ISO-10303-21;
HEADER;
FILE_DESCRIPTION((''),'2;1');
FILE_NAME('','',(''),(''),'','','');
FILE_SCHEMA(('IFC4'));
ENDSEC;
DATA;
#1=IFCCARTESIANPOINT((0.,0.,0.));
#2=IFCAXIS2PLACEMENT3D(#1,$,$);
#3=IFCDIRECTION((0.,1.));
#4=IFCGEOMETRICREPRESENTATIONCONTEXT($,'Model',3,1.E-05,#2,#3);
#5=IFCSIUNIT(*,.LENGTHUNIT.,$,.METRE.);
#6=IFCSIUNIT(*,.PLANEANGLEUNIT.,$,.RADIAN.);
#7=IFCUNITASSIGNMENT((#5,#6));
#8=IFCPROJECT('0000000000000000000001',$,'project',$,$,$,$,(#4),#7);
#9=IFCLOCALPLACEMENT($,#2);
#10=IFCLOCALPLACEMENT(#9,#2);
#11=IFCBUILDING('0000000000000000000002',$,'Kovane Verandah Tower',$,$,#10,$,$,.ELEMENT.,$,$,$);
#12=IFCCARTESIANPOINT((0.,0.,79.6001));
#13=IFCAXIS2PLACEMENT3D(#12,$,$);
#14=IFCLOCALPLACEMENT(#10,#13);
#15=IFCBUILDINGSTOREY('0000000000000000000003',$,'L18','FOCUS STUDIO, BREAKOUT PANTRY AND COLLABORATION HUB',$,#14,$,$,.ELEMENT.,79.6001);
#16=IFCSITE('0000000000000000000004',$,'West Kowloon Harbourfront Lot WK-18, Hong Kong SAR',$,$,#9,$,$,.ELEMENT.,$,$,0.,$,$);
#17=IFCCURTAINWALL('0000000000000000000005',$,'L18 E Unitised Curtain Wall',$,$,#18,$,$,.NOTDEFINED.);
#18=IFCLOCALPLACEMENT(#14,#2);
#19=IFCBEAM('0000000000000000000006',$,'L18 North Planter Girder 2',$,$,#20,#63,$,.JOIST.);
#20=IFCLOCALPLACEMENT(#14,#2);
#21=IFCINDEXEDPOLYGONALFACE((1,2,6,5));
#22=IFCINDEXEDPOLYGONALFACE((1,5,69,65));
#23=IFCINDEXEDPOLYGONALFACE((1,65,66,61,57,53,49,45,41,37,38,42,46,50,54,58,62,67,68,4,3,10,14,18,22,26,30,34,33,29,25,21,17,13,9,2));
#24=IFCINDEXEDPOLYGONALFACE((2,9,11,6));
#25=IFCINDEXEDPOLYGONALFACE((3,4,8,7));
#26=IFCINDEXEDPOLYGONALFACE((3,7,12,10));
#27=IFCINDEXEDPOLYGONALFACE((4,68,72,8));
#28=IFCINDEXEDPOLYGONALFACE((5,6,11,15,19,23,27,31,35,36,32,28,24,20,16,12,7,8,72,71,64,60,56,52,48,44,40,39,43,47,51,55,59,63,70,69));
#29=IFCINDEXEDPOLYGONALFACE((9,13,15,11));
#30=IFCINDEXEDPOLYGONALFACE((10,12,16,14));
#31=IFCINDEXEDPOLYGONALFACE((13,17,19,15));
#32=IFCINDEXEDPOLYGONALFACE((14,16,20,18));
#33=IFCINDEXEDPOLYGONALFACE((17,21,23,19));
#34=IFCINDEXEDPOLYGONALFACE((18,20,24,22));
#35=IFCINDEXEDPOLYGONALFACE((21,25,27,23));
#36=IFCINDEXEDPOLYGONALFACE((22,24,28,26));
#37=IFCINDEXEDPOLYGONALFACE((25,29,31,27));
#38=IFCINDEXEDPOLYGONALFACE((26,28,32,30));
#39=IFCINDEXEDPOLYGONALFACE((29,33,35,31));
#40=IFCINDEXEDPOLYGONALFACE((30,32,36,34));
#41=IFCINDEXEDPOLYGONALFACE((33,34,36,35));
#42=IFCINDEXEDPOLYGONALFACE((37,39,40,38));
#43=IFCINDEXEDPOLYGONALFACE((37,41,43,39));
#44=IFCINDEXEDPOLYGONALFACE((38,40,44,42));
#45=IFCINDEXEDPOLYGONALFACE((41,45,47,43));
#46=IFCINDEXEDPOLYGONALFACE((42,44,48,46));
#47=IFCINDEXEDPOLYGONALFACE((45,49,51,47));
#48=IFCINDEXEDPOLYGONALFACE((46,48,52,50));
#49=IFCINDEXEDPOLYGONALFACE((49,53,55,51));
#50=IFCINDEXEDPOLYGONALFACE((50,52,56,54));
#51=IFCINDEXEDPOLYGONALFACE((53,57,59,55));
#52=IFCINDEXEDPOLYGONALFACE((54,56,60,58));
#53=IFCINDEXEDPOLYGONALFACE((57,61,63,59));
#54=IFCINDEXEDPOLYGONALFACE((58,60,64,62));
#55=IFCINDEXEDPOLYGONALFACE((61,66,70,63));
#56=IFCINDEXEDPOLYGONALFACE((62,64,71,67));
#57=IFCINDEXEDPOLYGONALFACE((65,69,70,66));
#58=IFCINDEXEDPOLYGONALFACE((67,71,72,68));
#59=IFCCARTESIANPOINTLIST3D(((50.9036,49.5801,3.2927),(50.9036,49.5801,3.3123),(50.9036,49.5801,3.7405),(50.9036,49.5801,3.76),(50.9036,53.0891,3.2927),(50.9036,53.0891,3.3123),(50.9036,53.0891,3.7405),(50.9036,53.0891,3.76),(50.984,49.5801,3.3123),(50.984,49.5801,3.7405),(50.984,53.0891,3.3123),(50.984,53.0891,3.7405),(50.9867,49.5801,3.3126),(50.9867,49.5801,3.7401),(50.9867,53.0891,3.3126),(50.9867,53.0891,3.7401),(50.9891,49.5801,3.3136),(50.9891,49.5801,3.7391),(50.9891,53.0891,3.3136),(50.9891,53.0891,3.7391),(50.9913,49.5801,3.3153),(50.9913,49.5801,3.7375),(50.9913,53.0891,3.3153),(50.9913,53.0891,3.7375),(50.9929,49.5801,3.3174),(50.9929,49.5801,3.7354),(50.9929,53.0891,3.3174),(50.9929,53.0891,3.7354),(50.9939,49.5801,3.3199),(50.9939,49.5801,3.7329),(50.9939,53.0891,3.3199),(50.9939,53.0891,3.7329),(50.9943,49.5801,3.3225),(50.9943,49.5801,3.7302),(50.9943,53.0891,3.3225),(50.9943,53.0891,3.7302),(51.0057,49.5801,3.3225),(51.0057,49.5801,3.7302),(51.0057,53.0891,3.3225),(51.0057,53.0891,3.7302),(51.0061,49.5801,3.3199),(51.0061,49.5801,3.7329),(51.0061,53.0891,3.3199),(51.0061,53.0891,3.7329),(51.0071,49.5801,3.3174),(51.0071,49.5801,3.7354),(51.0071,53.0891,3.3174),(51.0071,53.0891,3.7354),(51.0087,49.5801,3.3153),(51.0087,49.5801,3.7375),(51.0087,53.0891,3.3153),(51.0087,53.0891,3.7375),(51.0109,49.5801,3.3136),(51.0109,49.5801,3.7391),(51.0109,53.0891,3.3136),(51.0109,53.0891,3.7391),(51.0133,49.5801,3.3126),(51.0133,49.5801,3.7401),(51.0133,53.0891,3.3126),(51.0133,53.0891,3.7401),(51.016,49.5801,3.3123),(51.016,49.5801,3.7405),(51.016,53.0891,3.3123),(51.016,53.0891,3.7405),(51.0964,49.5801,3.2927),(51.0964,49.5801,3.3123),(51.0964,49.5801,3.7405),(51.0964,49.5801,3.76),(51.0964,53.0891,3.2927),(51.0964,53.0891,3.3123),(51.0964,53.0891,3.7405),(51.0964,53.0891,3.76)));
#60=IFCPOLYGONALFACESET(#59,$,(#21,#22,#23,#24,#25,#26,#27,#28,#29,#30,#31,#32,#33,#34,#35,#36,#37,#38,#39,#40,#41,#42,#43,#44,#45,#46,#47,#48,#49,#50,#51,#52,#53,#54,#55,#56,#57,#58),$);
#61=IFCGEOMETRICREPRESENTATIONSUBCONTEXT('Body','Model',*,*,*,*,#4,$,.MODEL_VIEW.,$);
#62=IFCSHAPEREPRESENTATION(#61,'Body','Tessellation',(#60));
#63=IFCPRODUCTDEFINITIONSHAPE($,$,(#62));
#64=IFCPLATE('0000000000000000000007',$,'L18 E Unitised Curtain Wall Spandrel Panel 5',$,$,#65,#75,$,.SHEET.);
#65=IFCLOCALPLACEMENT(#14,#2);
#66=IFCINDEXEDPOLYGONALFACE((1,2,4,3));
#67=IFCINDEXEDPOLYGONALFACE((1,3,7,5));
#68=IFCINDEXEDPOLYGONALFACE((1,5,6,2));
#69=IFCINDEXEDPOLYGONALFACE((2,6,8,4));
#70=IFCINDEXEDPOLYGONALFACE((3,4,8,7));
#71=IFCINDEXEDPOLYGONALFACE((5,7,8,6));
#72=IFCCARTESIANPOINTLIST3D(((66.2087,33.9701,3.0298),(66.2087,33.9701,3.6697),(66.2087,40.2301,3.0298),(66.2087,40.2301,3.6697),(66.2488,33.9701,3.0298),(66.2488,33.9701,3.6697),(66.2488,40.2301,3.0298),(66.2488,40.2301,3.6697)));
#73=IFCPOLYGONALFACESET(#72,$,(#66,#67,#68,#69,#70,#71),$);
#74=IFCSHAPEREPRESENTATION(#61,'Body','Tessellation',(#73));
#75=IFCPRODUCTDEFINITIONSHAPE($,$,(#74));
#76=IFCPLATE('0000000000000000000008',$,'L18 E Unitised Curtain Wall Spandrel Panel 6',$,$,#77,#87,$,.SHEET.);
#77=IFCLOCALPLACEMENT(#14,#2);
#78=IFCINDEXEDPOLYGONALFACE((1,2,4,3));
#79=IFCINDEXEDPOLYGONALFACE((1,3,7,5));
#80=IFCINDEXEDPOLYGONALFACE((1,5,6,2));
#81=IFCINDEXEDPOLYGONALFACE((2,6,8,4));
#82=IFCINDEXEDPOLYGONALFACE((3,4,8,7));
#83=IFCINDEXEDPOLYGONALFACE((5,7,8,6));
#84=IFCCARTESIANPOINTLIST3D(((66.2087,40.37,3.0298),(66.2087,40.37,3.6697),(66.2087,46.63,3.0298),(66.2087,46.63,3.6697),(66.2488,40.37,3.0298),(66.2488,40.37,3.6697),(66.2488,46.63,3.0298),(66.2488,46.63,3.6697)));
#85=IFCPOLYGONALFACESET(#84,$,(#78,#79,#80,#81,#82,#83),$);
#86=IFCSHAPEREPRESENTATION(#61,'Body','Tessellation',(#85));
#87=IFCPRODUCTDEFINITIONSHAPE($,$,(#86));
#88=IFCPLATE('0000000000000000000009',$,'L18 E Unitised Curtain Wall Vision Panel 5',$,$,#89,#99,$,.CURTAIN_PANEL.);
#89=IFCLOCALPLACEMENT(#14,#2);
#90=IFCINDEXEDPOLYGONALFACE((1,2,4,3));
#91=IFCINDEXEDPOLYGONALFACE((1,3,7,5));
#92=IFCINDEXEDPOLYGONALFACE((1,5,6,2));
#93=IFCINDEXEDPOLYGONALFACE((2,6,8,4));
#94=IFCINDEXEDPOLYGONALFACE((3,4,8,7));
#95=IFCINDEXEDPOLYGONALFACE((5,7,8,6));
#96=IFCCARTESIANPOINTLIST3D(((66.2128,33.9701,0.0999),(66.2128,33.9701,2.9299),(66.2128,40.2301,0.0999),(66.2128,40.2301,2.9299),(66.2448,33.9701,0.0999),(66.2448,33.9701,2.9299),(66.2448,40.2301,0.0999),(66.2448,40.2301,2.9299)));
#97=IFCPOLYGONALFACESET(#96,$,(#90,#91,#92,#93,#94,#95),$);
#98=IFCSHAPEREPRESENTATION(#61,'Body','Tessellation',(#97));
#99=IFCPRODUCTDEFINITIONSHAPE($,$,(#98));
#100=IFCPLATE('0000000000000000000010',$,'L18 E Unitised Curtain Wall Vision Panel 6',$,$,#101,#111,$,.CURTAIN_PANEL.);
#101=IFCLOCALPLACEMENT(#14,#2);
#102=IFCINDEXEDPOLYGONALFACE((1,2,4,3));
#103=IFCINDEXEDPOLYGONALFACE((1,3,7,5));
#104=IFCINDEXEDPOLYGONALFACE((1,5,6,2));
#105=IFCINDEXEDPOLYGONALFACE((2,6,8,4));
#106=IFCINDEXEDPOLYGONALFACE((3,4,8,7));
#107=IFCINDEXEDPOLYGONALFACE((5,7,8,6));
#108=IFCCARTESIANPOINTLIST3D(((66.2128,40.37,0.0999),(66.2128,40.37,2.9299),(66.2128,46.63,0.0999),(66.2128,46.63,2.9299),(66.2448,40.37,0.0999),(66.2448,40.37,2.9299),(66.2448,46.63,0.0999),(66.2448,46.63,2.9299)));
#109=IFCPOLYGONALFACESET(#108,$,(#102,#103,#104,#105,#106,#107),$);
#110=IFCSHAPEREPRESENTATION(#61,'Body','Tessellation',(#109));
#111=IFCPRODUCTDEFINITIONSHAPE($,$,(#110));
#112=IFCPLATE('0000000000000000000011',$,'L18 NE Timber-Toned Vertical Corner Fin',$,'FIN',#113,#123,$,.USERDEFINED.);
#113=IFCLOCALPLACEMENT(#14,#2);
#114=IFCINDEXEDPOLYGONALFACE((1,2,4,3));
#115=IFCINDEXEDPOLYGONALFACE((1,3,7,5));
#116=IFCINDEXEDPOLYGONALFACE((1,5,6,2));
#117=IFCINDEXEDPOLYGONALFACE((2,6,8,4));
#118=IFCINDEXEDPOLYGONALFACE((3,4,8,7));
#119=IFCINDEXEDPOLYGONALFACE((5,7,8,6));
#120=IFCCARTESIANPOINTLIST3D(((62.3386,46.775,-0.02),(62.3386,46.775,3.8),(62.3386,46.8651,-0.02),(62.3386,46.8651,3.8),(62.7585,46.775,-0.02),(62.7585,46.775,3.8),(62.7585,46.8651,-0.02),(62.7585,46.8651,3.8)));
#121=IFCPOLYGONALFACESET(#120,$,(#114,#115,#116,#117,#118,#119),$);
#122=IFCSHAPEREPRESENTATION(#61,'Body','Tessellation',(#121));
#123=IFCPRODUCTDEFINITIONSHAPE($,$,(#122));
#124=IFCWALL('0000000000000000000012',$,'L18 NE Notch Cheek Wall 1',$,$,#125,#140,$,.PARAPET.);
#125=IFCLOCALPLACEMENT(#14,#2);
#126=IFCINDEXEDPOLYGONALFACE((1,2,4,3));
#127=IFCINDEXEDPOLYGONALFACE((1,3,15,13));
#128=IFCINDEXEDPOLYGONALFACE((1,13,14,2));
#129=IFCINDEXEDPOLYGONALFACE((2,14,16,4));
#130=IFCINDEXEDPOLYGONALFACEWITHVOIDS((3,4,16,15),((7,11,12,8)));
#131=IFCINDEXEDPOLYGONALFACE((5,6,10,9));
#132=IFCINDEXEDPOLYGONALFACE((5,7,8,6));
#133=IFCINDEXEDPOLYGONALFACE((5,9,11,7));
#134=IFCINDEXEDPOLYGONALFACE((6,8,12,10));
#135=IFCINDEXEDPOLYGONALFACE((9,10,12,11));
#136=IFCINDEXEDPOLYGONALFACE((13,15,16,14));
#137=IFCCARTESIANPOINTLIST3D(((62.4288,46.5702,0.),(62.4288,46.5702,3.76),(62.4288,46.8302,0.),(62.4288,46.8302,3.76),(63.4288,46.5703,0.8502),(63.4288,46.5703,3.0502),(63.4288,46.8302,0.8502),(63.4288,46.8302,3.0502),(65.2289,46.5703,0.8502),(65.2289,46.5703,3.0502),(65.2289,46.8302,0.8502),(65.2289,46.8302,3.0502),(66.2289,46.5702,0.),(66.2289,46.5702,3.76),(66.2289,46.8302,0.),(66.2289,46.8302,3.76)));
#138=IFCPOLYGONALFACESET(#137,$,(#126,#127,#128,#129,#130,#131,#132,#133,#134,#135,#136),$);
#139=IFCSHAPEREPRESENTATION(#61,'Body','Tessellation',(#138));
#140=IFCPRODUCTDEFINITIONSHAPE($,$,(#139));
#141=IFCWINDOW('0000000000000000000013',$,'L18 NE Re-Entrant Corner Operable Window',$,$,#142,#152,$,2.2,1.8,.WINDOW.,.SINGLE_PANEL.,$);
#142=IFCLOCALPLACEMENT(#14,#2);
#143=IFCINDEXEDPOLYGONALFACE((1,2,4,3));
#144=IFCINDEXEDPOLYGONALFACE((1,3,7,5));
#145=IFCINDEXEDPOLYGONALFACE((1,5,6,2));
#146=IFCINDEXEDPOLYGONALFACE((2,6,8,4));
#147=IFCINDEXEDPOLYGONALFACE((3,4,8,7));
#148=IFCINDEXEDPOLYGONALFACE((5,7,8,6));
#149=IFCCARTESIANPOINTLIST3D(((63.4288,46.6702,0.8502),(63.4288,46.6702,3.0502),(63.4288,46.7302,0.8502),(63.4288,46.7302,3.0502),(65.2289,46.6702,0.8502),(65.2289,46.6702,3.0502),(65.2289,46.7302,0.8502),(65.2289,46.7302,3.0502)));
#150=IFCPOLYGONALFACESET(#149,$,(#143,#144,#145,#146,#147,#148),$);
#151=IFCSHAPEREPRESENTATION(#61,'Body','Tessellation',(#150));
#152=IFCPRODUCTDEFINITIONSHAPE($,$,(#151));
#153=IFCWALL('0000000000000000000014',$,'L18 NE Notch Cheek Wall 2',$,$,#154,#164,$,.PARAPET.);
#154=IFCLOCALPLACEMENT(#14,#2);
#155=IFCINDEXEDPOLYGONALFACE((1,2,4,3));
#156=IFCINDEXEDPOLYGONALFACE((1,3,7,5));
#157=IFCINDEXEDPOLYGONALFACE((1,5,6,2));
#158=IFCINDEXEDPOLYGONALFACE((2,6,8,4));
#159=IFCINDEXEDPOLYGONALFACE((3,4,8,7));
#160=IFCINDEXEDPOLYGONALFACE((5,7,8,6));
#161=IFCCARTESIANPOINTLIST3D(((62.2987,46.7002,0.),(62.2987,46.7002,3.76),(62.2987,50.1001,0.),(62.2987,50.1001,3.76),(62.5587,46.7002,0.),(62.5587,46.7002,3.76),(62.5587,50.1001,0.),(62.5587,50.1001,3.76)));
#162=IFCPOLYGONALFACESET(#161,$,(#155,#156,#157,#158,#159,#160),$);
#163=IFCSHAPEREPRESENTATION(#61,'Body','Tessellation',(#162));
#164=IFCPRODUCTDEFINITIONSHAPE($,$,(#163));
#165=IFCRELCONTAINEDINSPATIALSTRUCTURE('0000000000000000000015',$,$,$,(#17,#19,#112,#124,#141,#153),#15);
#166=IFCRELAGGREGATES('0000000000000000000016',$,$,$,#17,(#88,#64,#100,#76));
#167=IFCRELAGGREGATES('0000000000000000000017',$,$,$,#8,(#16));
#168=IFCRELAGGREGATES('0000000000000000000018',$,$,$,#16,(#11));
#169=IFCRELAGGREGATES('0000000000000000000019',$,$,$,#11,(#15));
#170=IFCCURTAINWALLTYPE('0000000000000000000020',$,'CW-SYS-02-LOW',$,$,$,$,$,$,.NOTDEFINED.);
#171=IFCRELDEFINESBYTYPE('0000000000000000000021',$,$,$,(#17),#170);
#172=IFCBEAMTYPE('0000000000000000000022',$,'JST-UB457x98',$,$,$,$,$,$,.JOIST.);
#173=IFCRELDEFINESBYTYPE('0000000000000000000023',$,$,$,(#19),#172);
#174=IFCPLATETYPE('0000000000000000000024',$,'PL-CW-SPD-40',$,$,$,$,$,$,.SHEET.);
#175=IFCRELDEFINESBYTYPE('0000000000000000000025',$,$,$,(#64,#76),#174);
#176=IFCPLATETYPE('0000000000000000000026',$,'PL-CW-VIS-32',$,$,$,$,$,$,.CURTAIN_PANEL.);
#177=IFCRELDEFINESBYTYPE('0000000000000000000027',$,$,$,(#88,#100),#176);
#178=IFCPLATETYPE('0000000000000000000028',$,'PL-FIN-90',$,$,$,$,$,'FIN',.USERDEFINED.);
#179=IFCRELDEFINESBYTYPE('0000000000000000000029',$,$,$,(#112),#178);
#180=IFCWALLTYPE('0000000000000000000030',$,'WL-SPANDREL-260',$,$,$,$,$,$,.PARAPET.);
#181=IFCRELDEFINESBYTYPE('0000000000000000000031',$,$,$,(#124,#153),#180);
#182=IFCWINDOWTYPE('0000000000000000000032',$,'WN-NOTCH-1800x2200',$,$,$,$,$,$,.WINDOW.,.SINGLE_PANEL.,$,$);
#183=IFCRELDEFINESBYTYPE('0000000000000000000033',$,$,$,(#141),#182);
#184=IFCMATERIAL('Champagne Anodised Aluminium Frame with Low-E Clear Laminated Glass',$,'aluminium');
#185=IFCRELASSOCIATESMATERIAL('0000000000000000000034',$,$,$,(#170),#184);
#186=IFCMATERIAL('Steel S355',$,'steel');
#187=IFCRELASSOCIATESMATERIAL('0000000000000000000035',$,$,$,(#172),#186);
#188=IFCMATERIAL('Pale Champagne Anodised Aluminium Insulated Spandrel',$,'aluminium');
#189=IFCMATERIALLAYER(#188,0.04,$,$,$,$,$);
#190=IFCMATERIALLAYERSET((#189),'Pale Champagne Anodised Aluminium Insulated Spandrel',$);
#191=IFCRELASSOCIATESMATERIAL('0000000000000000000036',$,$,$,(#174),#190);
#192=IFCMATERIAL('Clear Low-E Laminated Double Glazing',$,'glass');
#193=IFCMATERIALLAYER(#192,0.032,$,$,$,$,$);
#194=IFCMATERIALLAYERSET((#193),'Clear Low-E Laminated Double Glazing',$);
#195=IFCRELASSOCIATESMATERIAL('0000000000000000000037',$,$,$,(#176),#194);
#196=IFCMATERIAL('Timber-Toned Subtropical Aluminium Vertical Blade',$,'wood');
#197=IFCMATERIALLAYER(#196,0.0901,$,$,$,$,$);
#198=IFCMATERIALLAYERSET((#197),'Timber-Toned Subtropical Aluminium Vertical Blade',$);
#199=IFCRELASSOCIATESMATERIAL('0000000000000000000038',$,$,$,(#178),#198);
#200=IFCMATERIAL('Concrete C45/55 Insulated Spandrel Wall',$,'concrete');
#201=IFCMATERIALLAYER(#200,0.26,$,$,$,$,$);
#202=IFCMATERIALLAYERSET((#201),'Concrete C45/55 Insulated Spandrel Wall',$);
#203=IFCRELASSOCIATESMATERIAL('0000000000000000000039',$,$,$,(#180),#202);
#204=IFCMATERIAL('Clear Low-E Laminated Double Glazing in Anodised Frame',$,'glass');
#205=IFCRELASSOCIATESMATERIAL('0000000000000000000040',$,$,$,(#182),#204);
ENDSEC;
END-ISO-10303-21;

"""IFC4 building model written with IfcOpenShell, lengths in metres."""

from ifc_helpers import new_model, si_unit, direction, frame, frame_2d, origin, origin_2d, place, context, subcontext, project, spatial, rectangle, i_section, extrude, material, layer, layer_set, material_profile, profile_set, type_object, element, fill, aggregate, save


model = new_model("IFC4")

# Units and contexts
model_context = context("Model", 3, precision=1e-05, world=origin(), true_north=direction((0.0, 1.0)))
body_context = subcontext(model_context, "Body", "Model", "MODEL_VIEW")
ifc_project = project(units=[si_unit("LENGTHUNIT", "METRE"), si_unit("PLANEANGLEUNIT", "RADIAN")], contexts=[model_context])

# Site, building, storey
site_placement = place(None, origin())
site = spatial("IfcSite", under=ifc_project, at=site_placement, Name="West Kowloon Harbourfront Lot WK-18, Hong Kong SAR", CompositionType="ELEMENT", RefElevation=0.0)
building_placement = place(site_placement, origin())
building = spatial("IfcBuilding", under=site, at=building_placement, Name="Kovane Verandah Tower", CompositionType="ELEMENT")
storey_placement = place(building_placement, frame((0.0, 0.0, 79.6001)))
storey = spatial("IfcBuildingStorey", under=building, at=storey_placement, Name="L18", Description="FOCUS STUDIO, BREAKOUT PANTRY AND COLLABORATION HUB", CompositionType="ELEMENT", Elevation=79.6001)

# Shared definitions
ifc_material_1 = material(Name="Steel S355", Category="steel")

# Curtain wall
ifc_material_2 = material(Name="Champagne Anodised Aluminium Frame with Low-E Clear Laminated Glass", Category="aluminium")
curtain_wall_type = type_object("IfcCurtainWallType", Name="CW-SYS-02-LOW", PredefinedType="NOTDEFINED", material=ifc_material_2)
curtain_wall_placement = place(storey_placement, origin())
curtain_wall = element("IfcCurtainWall", 1, at=curtain_wall_placement, inside=storey, type_object=curtain_wall_type, Name="L18 E Unitised Curtain Wall", PredefinedType="NOTDEFINED")

# Beam
ifc_material_profile_1 = material_profile(ifc_material_1, i_section(OverallWidth=0.1929, OverallDepth=0.4673, WebThickness=0.0115, FlangeThickness=0.0195, FilletRadius=0.0103, at=origin_2d()), Name="UB457x191x98")
ifc_profile_set_1 = profile_set([ifc_material_profile_1], Name="Steel S355")
beam_type_1 = type_object("IfcBeamType", Name="JST-UB457x98", PredefinedType="JOIST", material=ifc_profile_set_1)
beam_1_placement = place(storey_placement, frame((51.0, 49.5801, 3.5264), z_axis=(0.0, 1.0, 0.0), x_axis=(-1.0, 0.0, 0.0)))
element("IfcBeam", 2, at=beam_1_placement, inside=storey, type_object=beam_type_1, Name="L18 North Planter Girder 2", PredefinedType="JOIST", context=body_context, shape_type="SweptSolid", body=[
    extrude(i_section(OverallWidth=0.1929, OverallDepth=0.4673, WebThickness=0.0115, FlangeThickness=0.0195, FilletRadius=0.0103, at=origin_2d()), origin(), (0.0, 0.0, 1.0), 3.509),
])

# Plates
ifc_material_3 = material(Name="Pale Champagne Anodised Aluminium Insulated Spandrel", Category="aluminium")
ifc_layer_1 = layer(ifc_material_3, 0.04)
ifc_layer_set_1 = layer_set([ifc_layer_1], Name="Pale Champagne Anodised Aluminium Insulated Spandrel")
plate_type_1 = type_object("IfcPlateType", Name="PL-CW-SPD-40", PredefinedType="SHEET", material=ifc_layer_set_1)
plate_1_placement = place(storey_placement, frame((66.2288, 37.1001, 3.0298), z_axis=(0.0, 0.0, 1.0), x_axis=(0.0, 1.0, 0.0)))
plate_1 = element("IfcPlate", 3, at=plate_1_placement, type_object=plate_type_1, Name="L18 E Unitised Curtain Wall Spandrel Panel 5", PredefinedType="SHEET", context=body_context, shape_type="SweptSolid", body=[
    extrude(rectangle(XDim=6.26, YDim=0.04, at=origin_2d()), origin(), (0.0, 0.0, 1.0), 0.6399),
])
plate_2_placement = place(storey_placement, frame((66.2288, 43.5, 3.0298), z_axis=(0.0, 0.0, 1.0), x_axis=(0.0, 1.0, 0.0)))
plate_2 = element("IfcPlate", 4, at=plate_2_placement, type_object=plate_type_1, Name="L18 E Unitised Curtain Wall Spandrel Panel 6", PredefinedType="SHEET", context=body_context, shape_type="SweptSolid", body=[
    extrude(rectangle(XDim=6.26, YDim=0.04, at=origin_2d()), origin(), (0.0, 0.0, 1.0), 0.6399),
])
ifc_material_4 = material(Name="Clear Low-E Laminated Double Glazing", Category="glass")
ifc_layer_2 = layer(ifc_material_4, 0.032)
ifc_layer_set_2 = layer_set([ifc_layer_2], Name="Clear Low-E Laminated Double Glazing")
plate_type_2 = type_object("IfcPlateType", Name="PL-CW-VIS-32", PredefinedType="CURTAIN_PANEL", material=ifc_layer_set_2)
plate_3_placement = place(storey_placement, frame((66.2288, 37.1001, 0.0999), z_axis=(0.0, 0.0, 1.0), x_axis=(0.0, 1.0, 0.0)))
plate_3 = element("IfcPlate", 5, at=plate_3_placement, type_object=plate_type_2, Name="L18 E Unitised Curtain Wall Vision Panel 5", PredefinedType="CURTAIN_PANEL", context=body_context, shape_type="SweptSolid", body=[
    extrude(rectangle(XDim=6.26, YDim=0.032, at=origin_2d()), origin(), (0.0, 0.0, 1.0), 2.8301),
])
plate_4_placement = place(storey_placement, frame((66.2288, 43.5, 0.0999), z_axis=(0.0, 0.0, 1.0), x_axis=(0.0, 1.0, 0.0)))
plate_4 = element("IfcPlate", 6, at=plate_4_placement, type_object=plate_type_2, Name="L18 E Unitised Curtain Wall Vision Panel 6", PredefinedType="CURTAIN_PANEL", context=body_context, shape_type="SweptSolid", body=[
    extrude(rectangle(XDim=6.26, YDim=0.032, at=origin_2d()), origin(), (0.0, 0.0, 1.0), 2.8301),
])
aggregate(curtain_wall, [plate_3, plate_1, plate_4, plate_2])
ifc_material_5 = material(Name="Timber-Toned Subtropical Aluminium Vertical Blade", Category="wood")
ifc_layer_3 = layer(ifc_material_5, 0.0901)
ifc_layer_set_3 = layer_set([ifc_layer_3], Name="Timber-Toned Subtropical Aluminium Vertical Blade")
plate_type_3 = type_object("IfcPlateType", Name="PL-FIN-90", ElementType="FIN", PredefinedType="USERDEFINED", material=ifc_layer_set_3)
plate_5_placement = place(storey_placement, frame((62.5486, 46.8201, -0.02), z_axis=(0.0, 0.0, 1.0), x_axis=(1.0, 0.0, 0.0)))
element("IfcPlate", 7, at=plate_5_placement, inside=storey, type_object=plate_type_3, Name="L18 NE Timber-Toned Vertical Corner Fin", ObjectType="FIN", PredefinedType="USERDEFINED", context=body_context, shape_type="SweptSolid", body=[
    extrude(rectangle(XDim=0.4199, YDim=0.0901, at=origin_2d()), origin(), (0.0, 0.0, 1.0), 3.8201),
])

# Shared definitions
ifc_material_6 = material(Name="Concrete C45/55 Insulated Spandrel Wall", Category="concrete")
ifc_layer_4 = layer(ifc_material_6, 0.26)
ifc_layer_set_4 = layer_set([ifc_layer_4], Name="Concrete C45/55 Insulated Spandrel Wall")
wall_type = type_object("IfcWallType", Name="WL-SPANDREL-260", PredefinedType="PARAPET", material=ifc_layer_set_4)
ifc_material_7 = material(Name="Clear Low-E Laminated Double Glazing in Anodised Frame", Category="glass")
window_type = type_object("IfcWindowType", Name="WN-NOTCH-1800x2200", PartitioningType="SINGLE_PANEL", PredefinedType="WINDOW", material=ifc_material_7)

# Wall, opening, window
wall_1_placement = place(storey_placement, frame((66.2288, 46.7002, 0.0), z_axis=(0.0, 0.0, 1.0), x_axis=(-1.0, 0.0, 0.0)))
wall_1 = element("IfcWall", 8, at=wall_1_placement, inside=storey, type_object=wall_type, Name="L18 NE Notch Cheek Wall 1", PredefinedType="PARAPET", context=body_context, shape_type="SweptSolid", body=[
    extrude(rectangle(XDim=3.8, YDim=0.26, at=frame_2d((1.8999, 0.0))), origin(), (0.0, 0.0, 1.0), 3.76),
])
opening_1_placement = place(wall_1_placement, frame((1.0, 0.0, 0.8501)))
opening_1 = element("IfcOpeningElement", 9, at=opening_1_placement, cuts=wall_1, PredefinedType="OPENING", context=body_context, shape_type="SweptSolid", body=[
    extrude(rectangle(XDim=1.8, YDim=2.2, at=frame_2d((0.8999, 1.1001))), frame((0.0, 0.1299, 0.0), z_axis=(0.0, -1.0, 0.0), x_axis=(1.0, 0.0, 0.0)), (0.0, 0.0, 1.0), 0.26),
])
window_1_placement = place(opening_1_placement, origin())
window_1 = element("IfcWindow", 10, at=window_1_placement, inside=storey, type_object=window_type, Name="L18 NE Re-Entrant Corner Operable Window", OverallHeight=2.2, OverallWidth=1.8, PartitioningType="SINGLE_PANEL", PredefinedType="WINDOW", context=body_context, shape_type="SweptSolid", body=[
    extrude(rectangle(XDim=1.8, YDim=2.2, at=frame_2d((0.8999, 1.1001))), frame((0.0, 0.03, 0.0), z_axis=(0.0, -1.0, 0.0), x_axis=(1.0, 0.0, 0.0)), (0.0, 0.0, 1.0), 0.0601),
])
fill(opening_1, window_1)

# Wall
wall_2_placement = place(storey_placement, frame((62.4287, 46.7002, 0.0), z_axis=(0.0, 0.0, 1.0), x_axis=(0.0, 1.0, 0.0)))
element("IfcWall", 11, at=wall_2_placement, inside=storey, type_object=wall_type, Name="L18 NE Notch Cheek Wall 2", PredefinedType="PARAPET", context=body_context, shape_type="SweptSolid", body=[
    extrude(rectangle(XDim=3.3999, YDim=0.26, at=frame_2d((1.7, 0.0))), origin(), (0.0, 0.0, 1.0), 3.76),
])

save(model, "model.ifc")
